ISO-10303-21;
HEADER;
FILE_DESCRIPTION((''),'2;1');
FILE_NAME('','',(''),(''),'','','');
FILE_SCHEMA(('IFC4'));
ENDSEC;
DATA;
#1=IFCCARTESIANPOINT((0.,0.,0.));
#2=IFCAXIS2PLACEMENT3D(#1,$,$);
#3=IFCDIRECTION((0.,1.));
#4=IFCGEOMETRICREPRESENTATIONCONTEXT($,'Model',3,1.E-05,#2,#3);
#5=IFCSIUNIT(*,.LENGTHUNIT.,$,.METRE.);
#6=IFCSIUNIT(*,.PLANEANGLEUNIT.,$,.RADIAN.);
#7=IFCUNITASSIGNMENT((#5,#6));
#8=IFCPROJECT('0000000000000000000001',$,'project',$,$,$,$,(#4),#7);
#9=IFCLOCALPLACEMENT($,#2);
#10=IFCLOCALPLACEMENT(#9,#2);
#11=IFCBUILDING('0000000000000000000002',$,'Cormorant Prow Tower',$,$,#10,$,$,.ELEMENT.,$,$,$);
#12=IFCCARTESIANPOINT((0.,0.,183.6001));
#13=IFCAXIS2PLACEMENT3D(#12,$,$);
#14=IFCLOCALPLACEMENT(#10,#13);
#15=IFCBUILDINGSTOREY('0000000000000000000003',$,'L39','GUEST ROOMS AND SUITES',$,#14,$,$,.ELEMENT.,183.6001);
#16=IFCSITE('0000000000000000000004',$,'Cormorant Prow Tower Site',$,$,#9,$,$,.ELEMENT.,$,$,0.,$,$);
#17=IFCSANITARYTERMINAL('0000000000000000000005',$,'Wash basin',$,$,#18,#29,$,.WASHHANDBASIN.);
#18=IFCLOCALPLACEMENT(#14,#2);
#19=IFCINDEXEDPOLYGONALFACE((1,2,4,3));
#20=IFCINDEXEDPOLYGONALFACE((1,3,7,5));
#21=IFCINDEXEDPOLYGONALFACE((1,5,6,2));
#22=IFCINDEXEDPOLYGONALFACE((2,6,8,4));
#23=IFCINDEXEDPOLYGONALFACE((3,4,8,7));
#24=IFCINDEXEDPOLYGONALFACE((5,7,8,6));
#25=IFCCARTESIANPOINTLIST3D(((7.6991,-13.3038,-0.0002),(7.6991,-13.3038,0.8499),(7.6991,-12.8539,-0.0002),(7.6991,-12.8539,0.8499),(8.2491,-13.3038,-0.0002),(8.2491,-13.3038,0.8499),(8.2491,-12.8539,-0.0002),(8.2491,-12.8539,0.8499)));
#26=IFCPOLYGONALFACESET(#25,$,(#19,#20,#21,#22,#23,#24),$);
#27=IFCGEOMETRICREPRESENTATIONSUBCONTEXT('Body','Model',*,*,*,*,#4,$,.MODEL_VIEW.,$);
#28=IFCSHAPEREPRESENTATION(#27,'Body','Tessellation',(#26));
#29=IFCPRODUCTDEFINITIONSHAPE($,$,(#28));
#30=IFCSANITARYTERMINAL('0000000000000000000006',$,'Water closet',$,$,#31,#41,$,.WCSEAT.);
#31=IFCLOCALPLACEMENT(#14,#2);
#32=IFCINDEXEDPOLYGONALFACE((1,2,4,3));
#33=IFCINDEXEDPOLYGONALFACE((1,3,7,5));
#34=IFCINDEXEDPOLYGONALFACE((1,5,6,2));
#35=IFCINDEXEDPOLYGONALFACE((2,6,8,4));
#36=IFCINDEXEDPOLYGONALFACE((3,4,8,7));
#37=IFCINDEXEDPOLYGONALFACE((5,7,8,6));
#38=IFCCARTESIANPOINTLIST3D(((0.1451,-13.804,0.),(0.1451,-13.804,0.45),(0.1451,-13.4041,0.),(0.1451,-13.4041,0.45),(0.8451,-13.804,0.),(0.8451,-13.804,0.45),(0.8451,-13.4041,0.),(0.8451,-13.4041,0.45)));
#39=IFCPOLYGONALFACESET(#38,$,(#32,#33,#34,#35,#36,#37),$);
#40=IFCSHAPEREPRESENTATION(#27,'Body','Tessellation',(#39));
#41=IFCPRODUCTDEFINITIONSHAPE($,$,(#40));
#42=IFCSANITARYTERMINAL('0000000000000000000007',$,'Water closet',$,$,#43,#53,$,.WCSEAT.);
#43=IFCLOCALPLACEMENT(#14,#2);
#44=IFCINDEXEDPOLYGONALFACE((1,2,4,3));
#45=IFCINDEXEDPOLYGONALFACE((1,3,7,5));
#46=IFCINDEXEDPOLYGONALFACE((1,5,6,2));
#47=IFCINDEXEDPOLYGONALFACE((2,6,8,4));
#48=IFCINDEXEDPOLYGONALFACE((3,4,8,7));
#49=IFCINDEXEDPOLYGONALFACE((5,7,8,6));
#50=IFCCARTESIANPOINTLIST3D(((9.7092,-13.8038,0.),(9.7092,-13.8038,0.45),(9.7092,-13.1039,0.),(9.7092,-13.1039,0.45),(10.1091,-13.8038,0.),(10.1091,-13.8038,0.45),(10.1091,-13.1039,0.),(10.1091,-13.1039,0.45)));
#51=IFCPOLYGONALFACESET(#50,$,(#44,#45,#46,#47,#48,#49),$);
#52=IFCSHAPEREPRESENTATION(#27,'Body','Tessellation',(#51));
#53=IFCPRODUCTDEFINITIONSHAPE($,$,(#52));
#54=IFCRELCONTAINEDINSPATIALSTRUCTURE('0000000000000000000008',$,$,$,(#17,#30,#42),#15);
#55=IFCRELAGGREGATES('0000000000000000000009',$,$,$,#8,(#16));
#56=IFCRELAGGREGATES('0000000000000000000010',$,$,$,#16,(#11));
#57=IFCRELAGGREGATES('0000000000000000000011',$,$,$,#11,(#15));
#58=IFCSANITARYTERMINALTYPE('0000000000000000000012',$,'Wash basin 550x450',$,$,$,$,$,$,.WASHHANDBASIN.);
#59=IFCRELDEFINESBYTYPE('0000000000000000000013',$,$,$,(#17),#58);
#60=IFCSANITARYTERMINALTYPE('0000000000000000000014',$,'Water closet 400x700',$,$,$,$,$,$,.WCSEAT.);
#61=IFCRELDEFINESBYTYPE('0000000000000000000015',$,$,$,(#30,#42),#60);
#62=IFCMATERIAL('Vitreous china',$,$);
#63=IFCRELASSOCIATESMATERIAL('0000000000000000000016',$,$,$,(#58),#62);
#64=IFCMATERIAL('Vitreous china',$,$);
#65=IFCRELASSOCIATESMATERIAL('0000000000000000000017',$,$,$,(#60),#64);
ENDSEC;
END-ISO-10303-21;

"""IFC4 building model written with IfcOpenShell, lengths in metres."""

from ifc_helpers import new_model, si_unit, direction, frame, origin, origin_2d, place, context, subcontext, project, spatial, rectangle, extrude, material, type_object, element, save


model = new_model("IFC4")

# Units and contexts
model_context = context("Model", 3, precision=1e-05, world=origin(), true_north=direction((0.0, 1.0)))
body_context = subcontext(model_context, "Body", "Model", "MODEL_VIEW")
ifc_project = project(units=[si_unit("LENGTHUNIT", "METRE"), si_unit("PLANEANGLEUNIT", "RADIAN")], contexts=[model_context])

# Site, building, storey
site_placement = place(None, origin())
site = spatial("IfcSite", under=ifc_project, at=site_placement, Name="Cormorant Prow Tower Site", CompositionType="ELEMENT", RefElevation=0.0)
building_placement = place(site_placement, origin())
building = spatial("IfcBuilding", under=site, at=building_placement, Name="Cormorant Prow Tower", CompositionType="ELEMENT")
storey_placement = place(building_placement, frame((0.0, 0.0, 183.6001)))
storey = spatial("IfcBuildingStorey", under=building, at=storey_placement, Name="L39", Description="GUEST ROOMS AND SUITES", CompositionType="ELEMENT", Elevation=183.6001)

# Sanitary terminals
ifc_material_1 = material(Name="Vitreous china")
sanitary_terminal_type_1 = type_object("IfcSanitaryTerminalType", Name="Wash basin 550x450", PredefinedType="WASHHANDBASIN", material=ifc_material_1)
for number, where, z_axis, x_axis, name in (
    (1, (7.9741, -13.0789, -0.0002), (0.0, 0.0, 1.0), (1.0, 0.0, 0.0), "Wash basin"),
):
    element("IfcSanitaryTerminal", number, at=place(storey_placement, frame(where, z_axis=z_axis, x_axis=x_axis)), inside=storey, type_object=sanitary_terminal_type_1, Name=name, PredefinedType="WASHHANDBASIN", context=body_context, shape_type="SweptSolid", body=[
        extrude(rectangle(XDim=0.55, YDim=0.45, at=origin_2d()), origin(), (0.0, 0.0, 1.0), 0.8501),
    ])
ifc_material_2 = material(Name="Vitreous china")
sanitary_terminal_type_2 = type_object("IfcSanitaryTerminalType", Name="Water closet 400x700", PredefinedType="WCSEAT", material=ifc_material_2)
for number, where, z_axis, x_axis, name in (
    (2, (0.4951, -13.604, 0.0), (0.0, 0.0, 1.0), (0.0, 1.0, 0.0), "Water closet"),
    (3, (9.9092, -13.4539, 0.0), (0.0, 0.0, 1.0), (-1.0, 0.0, 0.0), "Water closet"),
):
    element("IfcSanitaryTerminal", number, at=place(storey_placement, frame(where, z_axis=z_axis, x_axis=x_axis)), inside=storey, type_object=sanitary_terminal_type_2, Name=name, PredefinedType="WCSEAT", context=body_context, shape_type="SweptSolid", body=[
        extrude(rectangle(XDim=0.3999, YDim=0.7, at=origin_2d()), origin(), (0.0, 0.0, 1.0), 0.45),
    ])

save(model, "model.ifc")
